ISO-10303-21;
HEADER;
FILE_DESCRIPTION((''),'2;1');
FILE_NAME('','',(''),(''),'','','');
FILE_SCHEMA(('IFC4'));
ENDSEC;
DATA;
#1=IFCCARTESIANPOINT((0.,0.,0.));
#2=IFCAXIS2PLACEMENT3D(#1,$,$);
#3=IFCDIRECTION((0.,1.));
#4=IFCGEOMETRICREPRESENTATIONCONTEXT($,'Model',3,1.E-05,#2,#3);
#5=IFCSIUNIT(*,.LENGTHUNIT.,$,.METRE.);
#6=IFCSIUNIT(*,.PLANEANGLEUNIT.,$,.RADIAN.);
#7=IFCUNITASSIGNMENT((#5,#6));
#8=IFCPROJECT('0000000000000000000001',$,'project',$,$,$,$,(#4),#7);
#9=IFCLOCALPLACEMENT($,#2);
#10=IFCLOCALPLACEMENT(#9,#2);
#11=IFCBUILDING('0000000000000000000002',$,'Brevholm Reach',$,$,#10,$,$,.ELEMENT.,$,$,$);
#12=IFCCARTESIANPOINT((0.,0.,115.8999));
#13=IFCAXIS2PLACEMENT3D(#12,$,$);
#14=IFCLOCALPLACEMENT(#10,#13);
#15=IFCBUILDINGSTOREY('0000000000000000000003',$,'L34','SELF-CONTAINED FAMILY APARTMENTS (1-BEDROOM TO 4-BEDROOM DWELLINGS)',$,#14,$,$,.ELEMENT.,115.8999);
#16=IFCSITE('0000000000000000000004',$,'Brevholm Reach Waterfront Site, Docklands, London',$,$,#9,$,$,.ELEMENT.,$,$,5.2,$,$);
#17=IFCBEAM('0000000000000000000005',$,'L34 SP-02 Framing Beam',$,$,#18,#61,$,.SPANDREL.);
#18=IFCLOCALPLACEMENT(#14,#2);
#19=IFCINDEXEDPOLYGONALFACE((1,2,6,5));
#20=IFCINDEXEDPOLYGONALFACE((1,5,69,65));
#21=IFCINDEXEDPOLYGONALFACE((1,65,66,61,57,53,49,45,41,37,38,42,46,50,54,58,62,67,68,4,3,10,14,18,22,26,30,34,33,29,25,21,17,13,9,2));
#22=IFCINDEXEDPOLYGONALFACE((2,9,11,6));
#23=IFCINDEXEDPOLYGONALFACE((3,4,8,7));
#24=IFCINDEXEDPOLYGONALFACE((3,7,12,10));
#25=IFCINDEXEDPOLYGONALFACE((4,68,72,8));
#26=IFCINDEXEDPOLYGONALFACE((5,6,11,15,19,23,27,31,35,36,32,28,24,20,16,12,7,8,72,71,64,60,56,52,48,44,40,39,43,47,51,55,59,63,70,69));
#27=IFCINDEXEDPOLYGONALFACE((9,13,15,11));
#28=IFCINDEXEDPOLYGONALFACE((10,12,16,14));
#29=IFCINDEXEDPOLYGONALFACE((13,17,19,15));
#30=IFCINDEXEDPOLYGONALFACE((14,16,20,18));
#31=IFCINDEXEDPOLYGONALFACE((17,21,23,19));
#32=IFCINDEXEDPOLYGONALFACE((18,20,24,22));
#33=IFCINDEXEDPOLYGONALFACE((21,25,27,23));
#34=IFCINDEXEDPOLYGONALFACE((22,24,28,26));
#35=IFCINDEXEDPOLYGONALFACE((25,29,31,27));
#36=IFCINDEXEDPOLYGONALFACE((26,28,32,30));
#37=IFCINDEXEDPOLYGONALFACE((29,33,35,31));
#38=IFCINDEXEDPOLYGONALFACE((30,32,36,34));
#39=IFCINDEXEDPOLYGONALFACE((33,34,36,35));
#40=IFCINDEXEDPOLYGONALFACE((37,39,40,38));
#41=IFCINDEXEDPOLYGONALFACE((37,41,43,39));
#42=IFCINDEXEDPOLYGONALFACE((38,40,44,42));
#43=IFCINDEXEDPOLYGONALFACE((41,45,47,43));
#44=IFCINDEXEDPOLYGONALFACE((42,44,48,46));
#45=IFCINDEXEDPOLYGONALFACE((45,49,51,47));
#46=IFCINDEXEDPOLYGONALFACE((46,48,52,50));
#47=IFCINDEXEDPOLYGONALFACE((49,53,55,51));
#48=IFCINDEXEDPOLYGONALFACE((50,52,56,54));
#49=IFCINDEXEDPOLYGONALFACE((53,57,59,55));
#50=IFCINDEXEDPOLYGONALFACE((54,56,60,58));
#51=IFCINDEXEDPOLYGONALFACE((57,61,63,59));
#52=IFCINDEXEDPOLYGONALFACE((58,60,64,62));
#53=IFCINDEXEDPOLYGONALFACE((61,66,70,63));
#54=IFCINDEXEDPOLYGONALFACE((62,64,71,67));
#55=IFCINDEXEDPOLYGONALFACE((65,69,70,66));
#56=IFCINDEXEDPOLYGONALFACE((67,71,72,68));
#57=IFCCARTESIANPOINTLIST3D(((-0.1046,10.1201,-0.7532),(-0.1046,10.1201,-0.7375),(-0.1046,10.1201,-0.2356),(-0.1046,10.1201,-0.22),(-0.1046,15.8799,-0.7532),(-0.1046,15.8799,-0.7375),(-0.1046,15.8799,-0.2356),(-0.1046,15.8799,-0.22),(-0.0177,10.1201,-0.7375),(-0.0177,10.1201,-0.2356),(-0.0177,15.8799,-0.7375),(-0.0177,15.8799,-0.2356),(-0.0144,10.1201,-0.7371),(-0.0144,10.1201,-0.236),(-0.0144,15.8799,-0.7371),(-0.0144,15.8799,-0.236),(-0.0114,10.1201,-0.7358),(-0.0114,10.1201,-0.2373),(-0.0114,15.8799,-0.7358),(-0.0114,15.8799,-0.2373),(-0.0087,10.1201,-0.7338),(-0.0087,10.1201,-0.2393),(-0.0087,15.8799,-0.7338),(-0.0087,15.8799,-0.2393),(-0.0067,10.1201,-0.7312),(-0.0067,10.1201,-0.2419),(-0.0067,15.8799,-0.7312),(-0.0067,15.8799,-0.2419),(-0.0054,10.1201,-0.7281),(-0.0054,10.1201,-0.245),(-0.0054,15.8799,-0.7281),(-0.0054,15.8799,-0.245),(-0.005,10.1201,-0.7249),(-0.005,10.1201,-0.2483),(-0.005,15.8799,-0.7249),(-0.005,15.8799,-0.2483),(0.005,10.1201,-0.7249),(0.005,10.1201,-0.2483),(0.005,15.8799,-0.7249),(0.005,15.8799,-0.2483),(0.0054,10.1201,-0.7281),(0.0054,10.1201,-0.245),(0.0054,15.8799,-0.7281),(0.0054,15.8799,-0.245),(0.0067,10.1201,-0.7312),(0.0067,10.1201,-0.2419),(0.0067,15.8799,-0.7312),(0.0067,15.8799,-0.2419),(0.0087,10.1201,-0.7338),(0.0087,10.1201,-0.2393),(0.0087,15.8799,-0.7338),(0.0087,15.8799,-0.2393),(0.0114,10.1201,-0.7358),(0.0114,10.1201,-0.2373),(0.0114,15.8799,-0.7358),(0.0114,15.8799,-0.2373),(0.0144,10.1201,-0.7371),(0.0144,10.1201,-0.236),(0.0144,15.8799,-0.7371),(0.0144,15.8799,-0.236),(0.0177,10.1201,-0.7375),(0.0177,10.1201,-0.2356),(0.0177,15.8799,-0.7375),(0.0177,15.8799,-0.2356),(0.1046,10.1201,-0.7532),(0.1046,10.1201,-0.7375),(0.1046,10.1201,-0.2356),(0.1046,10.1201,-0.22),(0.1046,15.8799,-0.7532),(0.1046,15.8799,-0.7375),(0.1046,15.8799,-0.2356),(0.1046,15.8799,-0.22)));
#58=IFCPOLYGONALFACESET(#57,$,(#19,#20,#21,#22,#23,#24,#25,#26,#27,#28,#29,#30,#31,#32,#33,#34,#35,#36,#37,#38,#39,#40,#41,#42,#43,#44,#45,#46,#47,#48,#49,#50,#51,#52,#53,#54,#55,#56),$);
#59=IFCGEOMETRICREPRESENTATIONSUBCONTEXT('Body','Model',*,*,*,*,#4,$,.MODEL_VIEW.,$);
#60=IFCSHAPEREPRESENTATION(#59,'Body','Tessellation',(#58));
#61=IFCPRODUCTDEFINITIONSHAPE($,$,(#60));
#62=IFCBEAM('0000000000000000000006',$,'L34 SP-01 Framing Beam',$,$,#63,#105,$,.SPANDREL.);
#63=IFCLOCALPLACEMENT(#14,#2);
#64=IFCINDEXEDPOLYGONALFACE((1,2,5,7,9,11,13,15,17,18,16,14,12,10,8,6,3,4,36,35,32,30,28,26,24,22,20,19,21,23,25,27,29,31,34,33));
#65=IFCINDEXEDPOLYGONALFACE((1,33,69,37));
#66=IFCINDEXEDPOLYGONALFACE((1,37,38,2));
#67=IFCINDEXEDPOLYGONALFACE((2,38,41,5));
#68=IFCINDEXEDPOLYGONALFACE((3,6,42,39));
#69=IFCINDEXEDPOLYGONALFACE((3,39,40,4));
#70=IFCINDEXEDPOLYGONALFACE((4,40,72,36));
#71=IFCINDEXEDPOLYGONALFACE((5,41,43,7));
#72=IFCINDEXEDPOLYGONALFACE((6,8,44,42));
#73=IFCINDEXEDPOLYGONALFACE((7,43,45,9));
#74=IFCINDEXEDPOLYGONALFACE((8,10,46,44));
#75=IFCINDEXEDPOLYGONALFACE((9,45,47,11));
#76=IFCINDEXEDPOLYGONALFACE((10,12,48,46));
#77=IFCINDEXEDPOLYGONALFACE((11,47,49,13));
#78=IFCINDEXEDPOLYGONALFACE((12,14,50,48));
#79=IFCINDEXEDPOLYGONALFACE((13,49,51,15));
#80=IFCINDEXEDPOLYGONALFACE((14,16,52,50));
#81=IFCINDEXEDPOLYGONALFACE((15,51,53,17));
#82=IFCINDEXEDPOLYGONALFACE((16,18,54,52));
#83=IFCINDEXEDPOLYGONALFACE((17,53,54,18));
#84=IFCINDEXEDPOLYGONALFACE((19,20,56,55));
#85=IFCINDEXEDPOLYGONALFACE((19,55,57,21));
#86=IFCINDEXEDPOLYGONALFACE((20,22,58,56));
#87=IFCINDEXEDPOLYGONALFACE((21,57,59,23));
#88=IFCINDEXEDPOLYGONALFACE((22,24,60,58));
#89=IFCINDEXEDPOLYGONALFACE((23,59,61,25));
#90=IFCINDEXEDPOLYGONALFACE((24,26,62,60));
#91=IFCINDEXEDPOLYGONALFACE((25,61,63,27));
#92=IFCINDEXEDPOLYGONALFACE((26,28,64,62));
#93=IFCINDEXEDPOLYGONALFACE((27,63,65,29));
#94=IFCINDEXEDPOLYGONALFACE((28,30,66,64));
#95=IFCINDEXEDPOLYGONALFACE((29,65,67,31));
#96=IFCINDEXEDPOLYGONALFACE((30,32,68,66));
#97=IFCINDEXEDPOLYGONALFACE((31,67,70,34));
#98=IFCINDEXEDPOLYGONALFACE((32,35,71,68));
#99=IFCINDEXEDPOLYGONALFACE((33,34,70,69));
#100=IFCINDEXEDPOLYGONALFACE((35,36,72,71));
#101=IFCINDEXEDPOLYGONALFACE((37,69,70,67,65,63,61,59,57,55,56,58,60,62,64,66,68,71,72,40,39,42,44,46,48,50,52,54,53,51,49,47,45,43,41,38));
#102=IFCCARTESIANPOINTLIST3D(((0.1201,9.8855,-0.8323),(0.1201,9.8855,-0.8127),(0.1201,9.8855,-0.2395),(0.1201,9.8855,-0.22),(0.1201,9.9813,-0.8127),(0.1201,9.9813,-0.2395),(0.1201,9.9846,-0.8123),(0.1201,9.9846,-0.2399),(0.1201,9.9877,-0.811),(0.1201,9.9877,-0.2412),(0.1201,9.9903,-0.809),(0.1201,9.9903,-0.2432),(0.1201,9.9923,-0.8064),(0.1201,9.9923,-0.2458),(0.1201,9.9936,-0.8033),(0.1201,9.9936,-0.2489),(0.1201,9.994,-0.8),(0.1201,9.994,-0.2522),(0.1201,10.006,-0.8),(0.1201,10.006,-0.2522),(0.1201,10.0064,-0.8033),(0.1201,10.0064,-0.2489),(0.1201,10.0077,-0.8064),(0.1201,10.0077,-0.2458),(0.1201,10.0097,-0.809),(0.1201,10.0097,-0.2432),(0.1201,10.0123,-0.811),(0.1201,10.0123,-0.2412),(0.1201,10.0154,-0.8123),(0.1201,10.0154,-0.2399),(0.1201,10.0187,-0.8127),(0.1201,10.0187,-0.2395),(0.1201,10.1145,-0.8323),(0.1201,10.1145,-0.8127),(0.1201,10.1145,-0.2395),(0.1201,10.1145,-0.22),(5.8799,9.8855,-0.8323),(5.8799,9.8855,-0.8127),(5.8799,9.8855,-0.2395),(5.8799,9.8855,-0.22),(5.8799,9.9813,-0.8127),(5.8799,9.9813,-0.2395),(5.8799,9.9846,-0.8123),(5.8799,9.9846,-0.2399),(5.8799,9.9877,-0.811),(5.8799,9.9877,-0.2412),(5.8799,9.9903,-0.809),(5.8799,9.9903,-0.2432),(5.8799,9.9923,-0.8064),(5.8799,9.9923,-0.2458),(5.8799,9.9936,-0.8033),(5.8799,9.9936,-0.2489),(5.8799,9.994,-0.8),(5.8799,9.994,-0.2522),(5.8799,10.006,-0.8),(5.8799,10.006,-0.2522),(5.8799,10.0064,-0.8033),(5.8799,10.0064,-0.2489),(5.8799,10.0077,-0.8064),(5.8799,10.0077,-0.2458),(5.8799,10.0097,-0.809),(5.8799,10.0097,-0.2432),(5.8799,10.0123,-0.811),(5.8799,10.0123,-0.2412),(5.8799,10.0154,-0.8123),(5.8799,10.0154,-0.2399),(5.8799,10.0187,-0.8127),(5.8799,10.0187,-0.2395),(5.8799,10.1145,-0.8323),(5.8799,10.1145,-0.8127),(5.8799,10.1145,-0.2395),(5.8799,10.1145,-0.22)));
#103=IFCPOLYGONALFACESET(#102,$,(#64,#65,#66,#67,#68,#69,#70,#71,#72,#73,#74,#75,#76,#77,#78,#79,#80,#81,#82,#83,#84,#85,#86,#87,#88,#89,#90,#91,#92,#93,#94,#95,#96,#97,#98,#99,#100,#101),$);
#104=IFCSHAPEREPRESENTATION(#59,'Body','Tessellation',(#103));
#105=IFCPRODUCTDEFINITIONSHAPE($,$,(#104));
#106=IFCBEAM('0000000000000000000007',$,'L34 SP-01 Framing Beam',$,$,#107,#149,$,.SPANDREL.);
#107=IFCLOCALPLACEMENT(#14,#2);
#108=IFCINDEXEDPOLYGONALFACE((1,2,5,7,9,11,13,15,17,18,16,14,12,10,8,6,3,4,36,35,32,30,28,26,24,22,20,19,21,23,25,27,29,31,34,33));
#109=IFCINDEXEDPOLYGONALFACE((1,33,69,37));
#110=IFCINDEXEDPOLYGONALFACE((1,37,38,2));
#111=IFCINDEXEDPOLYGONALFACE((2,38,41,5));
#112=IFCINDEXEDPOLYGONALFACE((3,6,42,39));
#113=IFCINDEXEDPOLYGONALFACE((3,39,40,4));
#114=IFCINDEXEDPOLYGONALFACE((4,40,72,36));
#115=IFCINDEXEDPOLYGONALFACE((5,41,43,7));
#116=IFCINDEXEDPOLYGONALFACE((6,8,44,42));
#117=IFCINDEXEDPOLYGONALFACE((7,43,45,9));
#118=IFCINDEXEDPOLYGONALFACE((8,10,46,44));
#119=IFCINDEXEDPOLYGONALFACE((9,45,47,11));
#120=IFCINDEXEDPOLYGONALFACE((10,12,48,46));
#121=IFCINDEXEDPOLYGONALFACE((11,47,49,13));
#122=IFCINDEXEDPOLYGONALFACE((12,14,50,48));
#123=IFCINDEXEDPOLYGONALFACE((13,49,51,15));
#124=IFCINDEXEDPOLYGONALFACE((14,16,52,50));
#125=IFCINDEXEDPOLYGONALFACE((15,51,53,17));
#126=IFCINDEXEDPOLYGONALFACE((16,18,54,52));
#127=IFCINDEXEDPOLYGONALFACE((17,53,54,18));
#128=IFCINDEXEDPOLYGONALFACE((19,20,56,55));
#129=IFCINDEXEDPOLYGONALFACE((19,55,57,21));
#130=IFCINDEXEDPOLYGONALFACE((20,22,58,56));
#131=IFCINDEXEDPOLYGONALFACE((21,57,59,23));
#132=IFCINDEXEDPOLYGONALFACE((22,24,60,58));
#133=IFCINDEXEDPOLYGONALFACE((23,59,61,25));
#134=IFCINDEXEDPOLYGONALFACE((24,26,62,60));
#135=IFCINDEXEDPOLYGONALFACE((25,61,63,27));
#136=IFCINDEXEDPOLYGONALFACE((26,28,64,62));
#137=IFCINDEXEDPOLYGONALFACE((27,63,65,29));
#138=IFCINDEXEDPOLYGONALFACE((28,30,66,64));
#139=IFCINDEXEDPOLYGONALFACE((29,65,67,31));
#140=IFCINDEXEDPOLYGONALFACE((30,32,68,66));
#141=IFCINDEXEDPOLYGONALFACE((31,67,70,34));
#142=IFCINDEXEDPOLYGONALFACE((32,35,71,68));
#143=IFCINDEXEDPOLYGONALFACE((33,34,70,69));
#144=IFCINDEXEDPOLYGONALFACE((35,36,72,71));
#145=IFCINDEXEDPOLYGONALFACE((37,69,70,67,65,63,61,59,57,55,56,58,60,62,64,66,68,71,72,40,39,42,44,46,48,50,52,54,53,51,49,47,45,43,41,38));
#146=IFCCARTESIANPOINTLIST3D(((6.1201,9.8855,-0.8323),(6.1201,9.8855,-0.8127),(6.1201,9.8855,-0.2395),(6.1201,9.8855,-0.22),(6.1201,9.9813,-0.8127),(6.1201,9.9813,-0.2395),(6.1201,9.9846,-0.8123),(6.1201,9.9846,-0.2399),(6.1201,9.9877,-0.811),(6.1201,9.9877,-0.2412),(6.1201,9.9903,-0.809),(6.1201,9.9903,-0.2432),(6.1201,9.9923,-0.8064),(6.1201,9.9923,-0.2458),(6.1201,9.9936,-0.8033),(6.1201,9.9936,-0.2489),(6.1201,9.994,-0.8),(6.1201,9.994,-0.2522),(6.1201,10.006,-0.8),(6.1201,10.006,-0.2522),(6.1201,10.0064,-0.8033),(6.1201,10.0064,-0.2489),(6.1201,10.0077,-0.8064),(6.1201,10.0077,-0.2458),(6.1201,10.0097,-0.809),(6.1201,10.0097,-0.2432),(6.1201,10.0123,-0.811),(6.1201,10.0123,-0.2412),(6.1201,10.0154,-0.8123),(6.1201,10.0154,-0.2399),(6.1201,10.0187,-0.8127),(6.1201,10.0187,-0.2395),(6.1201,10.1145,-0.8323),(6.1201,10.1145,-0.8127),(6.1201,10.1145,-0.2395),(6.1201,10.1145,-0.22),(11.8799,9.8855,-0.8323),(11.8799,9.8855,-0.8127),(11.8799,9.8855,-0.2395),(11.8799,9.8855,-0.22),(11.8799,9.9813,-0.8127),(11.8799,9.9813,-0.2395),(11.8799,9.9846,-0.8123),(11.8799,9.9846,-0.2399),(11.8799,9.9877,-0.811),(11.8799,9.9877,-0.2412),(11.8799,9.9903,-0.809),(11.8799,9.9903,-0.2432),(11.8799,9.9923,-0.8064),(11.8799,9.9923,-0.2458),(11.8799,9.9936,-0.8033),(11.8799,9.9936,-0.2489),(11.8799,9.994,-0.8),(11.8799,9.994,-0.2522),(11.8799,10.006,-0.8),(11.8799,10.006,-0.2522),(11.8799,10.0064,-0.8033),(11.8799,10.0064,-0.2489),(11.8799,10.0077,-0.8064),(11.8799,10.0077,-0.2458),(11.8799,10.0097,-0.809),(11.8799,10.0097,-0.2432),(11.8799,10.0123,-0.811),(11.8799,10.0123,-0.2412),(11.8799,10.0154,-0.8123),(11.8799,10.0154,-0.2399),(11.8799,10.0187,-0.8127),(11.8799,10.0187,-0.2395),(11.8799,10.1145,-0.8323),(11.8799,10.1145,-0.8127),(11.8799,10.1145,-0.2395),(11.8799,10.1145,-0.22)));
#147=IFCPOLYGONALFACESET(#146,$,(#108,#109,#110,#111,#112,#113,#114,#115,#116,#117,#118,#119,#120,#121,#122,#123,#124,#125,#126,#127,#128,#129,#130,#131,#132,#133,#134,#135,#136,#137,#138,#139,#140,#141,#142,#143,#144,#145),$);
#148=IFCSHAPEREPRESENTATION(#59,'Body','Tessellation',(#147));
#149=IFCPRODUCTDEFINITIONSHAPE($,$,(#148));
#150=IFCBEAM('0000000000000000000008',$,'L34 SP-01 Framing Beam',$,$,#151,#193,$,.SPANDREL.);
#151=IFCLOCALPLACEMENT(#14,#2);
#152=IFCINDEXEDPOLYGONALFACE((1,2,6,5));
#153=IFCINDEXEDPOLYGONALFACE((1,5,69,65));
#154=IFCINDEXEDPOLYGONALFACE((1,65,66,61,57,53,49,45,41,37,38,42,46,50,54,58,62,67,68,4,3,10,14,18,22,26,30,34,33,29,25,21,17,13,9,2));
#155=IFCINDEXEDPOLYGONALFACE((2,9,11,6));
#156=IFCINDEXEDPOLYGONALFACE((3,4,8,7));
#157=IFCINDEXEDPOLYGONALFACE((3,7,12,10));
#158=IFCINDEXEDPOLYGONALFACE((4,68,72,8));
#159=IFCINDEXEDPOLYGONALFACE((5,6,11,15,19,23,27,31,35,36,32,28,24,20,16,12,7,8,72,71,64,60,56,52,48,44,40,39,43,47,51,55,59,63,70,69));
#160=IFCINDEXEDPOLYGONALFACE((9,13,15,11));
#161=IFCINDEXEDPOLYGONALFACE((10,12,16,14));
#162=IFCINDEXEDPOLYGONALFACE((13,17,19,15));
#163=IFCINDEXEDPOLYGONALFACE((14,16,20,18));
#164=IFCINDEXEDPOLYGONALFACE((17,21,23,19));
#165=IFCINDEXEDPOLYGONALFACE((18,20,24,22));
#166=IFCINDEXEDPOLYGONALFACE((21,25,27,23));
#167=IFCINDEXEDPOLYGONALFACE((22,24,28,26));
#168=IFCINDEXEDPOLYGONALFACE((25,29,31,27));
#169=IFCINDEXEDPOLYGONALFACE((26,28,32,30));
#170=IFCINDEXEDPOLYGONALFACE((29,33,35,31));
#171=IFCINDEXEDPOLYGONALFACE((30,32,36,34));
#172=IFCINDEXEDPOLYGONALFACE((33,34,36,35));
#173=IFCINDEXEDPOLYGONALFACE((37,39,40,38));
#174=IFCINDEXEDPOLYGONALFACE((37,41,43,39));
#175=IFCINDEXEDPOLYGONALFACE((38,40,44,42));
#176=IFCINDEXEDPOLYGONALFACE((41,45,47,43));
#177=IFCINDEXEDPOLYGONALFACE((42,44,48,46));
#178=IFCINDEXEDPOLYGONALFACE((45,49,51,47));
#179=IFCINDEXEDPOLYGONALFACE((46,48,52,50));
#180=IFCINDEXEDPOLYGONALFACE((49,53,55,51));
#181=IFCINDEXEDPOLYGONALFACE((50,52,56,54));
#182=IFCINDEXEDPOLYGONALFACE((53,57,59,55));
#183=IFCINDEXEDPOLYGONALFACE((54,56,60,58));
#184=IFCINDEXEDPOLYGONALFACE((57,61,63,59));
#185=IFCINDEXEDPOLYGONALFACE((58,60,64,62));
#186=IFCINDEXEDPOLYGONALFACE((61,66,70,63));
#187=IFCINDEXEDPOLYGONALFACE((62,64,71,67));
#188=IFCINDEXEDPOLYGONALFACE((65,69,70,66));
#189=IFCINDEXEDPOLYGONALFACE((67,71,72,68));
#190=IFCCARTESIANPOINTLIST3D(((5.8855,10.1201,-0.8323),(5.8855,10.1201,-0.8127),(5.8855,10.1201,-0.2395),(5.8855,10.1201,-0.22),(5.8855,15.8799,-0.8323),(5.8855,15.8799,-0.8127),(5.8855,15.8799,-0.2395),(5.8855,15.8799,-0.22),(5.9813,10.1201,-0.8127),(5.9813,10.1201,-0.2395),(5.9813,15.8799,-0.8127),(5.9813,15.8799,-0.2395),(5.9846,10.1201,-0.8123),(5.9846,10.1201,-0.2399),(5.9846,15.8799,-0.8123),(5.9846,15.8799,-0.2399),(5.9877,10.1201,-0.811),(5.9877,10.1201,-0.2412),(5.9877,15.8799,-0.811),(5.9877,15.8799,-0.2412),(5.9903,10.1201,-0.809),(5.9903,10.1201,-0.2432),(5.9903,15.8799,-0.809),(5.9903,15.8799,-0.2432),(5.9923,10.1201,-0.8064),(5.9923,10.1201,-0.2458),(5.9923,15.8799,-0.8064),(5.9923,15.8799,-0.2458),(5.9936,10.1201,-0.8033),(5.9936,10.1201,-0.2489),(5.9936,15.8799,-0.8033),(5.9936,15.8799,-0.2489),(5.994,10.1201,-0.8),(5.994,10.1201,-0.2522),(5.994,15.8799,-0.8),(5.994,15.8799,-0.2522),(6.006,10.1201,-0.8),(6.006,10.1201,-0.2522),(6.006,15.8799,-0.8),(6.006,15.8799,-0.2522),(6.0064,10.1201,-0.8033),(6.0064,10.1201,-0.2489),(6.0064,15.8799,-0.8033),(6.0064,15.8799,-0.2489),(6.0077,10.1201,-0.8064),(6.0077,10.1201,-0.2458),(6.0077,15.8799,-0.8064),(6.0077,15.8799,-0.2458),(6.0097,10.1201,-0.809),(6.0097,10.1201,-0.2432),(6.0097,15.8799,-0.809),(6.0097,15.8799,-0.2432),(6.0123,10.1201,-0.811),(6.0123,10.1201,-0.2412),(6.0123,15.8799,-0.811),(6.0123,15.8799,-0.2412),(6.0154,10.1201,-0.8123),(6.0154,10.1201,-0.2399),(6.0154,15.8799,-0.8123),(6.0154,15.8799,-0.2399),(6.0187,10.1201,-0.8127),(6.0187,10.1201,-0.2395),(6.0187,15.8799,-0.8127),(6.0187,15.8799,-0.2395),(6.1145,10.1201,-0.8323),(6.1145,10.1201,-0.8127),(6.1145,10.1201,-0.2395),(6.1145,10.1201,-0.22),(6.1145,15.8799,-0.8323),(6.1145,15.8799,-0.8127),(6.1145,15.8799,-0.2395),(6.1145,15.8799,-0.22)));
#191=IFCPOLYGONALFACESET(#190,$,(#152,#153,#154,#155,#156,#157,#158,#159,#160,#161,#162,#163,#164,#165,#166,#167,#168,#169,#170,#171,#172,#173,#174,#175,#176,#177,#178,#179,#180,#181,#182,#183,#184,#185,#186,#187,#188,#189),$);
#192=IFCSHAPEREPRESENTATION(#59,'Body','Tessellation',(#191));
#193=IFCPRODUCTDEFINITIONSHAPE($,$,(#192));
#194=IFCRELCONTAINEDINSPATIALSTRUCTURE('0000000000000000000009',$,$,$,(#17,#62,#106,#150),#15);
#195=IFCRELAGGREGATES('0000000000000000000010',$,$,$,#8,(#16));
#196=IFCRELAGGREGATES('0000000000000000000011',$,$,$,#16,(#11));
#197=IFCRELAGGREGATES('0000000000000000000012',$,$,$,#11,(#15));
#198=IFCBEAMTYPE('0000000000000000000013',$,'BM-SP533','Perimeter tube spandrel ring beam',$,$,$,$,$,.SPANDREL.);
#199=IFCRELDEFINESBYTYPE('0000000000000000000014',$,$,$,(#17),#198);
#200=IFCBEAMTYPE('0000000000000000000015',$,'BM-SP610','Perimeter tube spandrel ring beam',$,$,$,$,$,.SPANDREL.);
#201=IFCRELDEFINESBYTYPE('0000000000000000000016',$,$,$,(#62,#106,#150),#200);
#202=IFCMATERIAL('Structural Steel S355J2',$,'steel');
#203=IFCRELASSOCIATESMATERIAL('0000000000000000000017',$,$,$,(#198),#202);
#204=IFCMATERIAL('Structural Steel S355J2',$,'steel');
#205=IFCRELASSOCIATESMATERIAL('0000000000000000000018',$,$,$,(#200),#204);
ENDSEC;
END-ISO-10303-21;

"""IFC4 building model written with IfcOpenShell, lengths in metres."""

from ifc_helpers import new_model, si_unit, direction, frame, origin, origin_2d, place, context, subcontext, project, spatial, i_section, extrude, material, material_profile, profile_set, type_object, element, save


model = new_model("IFC4")

# Units and contexts
model_context = context("Model", 3, precision=1e-05, world=origin(), true_north=direction((0.0, 1.0)))
body_context = subcontext(model_context, "Body", "Model", "MODEL_VIEW")
ifc_project = project(units=[si_unit("LENGTHUNIT", "METRE"), si_unit("PLANEANGLEUNIT", "RADIAN")], contexts=[model_context])

# Site, building, storey
site_placement = place(None, origin())
site = spatial("IfcSite", under=ifc_project, at=site_placement, Name="Brevholm Reach Waterfront Site, Docklands, London", CompositionType="ELEMENT", RefElevation=5.2)
building_placement = place(site_placement, origin())
building = spatial("IfcBuilding", under=site, at=building_placement, Name="Brevholm Reach", CompositionType="ELEMENT")
storey_placement = place(building_placement, frame((0.0, 0.0, 115.8999)))
storey = spatial("IfcBuildingStorey", under=building, at=storey_placement, Name="L34", Description="SELF-CONTAINED FAMILY APARTMENTS (1-BEDROOM TO 4-BEDROOM DWELLINGS)", CompositionType="ELEMENT", Elevation=115.8999)

# Beams
ifc_material_1 = material(Name="Structural Steel S355J2", Category="steel")
ifc_material_profile_1 = material_profile(ifc_material_1, i_section(OverallWidth=0.2092, OverallDepth=0.5332, WebThickness=0.01, FlangeThickness=0.0156, FilletRadius=0.0127, at=origin_2d()), Name="UKB 533x210x92")
ifc_profile_set_1 = profile_set([ifc_material_profile_1], Name="Structural Steel S355J2")
beam_type_1 = type_object("IfcBeamType", Name="BM-SP533", Description="Perimeter tube spandrel ring beam", PredefinedType="SPANDREL", material=ifc_profile_set_1)
beam_placement = place(storey_placement, frame((0.0, 10.1201, -0.4866), z_axis=(0.0, 1.0, 0.0), x_axis=(-1.0, 0.0, 0.0)))
element("IfcBeam", 1, at=beam_placement, inside=storey, type_object=beam_type_1, Name="L34 SP-02 Framing Beam", PredefinedType="SPANDREL", context=body_context, shape_type="SweptSolid", body=[
    extrude(i_section(OverallWidth=0.2092, OverallDepth=0.5332, WebThickness=0.01, FlangeThickness=0.0156, FilletRadius=0.0127, at=origin_2d()), origin(), (0.0, 0.0, 1.0), 5.7598),
])
ifc_material_2 = material(Name="Structural Steel S355J2", Category="steel")
ifc_material_profile_2 = material_profile(ifc_material_2, i_section(OverallWidth=0.229, OverallDepth=0.6123, WebThickness=0.012, FlangeThickness=0.0195, FilletRadius=0.0127, at=origin_2d()), Name="UKB 610x229x125")
ifc_profile_set_2 = profile_set([ifc_material_profile_2], Name="Structural Steel S355J2")
beam_type_2 = type_object("IfcBeamType", Name="BM-SP610", Description="Perimeter tube spandrel ring beam", PredefinedType="SPANDREL", material=ifc_profile_set_2)
for number, where, z_axis, x_axis, name in (
    (2, (0.1201, 10.0, -0.5261), (1.0, 0.0, 0.0), (0.0, 1.0, 0.0), "L34 SP-01 Framing Beam"),
    (3, (6.1201, 10.0, -0.5261), (1.0, 0.0, 0.0), (0.0, 1.0, 0.0), "L34 SP-01 Framing Beam"),
    (4, (6.0, 10.1201, -0.5261), (0.0, 1.0, 0.0), (-1.0, 0.0, 0.0), "L34 SP-01 Framing Beam"),
):
    element("IfcBeam", number, at=place(storey_placement, frame(where, z_axis=z_axis, x_axis=x_axis)), inside=storey, type_object=beam_type_2, Name=name, PredefinedType="SPANDREL", context=body_context, shape_type="SweptSolid", body=[
        extrude(i_section(OverallWidth=0.229, OverallDepth=0.6123, WebThickness=0.012, FlangeThickness=0.0195, FilletRadius=0.0127, at=origin_2d()), origin(), (0.0, 0.0, 1.0), 5.7598),
    ])

save(model, "model.ifc")
